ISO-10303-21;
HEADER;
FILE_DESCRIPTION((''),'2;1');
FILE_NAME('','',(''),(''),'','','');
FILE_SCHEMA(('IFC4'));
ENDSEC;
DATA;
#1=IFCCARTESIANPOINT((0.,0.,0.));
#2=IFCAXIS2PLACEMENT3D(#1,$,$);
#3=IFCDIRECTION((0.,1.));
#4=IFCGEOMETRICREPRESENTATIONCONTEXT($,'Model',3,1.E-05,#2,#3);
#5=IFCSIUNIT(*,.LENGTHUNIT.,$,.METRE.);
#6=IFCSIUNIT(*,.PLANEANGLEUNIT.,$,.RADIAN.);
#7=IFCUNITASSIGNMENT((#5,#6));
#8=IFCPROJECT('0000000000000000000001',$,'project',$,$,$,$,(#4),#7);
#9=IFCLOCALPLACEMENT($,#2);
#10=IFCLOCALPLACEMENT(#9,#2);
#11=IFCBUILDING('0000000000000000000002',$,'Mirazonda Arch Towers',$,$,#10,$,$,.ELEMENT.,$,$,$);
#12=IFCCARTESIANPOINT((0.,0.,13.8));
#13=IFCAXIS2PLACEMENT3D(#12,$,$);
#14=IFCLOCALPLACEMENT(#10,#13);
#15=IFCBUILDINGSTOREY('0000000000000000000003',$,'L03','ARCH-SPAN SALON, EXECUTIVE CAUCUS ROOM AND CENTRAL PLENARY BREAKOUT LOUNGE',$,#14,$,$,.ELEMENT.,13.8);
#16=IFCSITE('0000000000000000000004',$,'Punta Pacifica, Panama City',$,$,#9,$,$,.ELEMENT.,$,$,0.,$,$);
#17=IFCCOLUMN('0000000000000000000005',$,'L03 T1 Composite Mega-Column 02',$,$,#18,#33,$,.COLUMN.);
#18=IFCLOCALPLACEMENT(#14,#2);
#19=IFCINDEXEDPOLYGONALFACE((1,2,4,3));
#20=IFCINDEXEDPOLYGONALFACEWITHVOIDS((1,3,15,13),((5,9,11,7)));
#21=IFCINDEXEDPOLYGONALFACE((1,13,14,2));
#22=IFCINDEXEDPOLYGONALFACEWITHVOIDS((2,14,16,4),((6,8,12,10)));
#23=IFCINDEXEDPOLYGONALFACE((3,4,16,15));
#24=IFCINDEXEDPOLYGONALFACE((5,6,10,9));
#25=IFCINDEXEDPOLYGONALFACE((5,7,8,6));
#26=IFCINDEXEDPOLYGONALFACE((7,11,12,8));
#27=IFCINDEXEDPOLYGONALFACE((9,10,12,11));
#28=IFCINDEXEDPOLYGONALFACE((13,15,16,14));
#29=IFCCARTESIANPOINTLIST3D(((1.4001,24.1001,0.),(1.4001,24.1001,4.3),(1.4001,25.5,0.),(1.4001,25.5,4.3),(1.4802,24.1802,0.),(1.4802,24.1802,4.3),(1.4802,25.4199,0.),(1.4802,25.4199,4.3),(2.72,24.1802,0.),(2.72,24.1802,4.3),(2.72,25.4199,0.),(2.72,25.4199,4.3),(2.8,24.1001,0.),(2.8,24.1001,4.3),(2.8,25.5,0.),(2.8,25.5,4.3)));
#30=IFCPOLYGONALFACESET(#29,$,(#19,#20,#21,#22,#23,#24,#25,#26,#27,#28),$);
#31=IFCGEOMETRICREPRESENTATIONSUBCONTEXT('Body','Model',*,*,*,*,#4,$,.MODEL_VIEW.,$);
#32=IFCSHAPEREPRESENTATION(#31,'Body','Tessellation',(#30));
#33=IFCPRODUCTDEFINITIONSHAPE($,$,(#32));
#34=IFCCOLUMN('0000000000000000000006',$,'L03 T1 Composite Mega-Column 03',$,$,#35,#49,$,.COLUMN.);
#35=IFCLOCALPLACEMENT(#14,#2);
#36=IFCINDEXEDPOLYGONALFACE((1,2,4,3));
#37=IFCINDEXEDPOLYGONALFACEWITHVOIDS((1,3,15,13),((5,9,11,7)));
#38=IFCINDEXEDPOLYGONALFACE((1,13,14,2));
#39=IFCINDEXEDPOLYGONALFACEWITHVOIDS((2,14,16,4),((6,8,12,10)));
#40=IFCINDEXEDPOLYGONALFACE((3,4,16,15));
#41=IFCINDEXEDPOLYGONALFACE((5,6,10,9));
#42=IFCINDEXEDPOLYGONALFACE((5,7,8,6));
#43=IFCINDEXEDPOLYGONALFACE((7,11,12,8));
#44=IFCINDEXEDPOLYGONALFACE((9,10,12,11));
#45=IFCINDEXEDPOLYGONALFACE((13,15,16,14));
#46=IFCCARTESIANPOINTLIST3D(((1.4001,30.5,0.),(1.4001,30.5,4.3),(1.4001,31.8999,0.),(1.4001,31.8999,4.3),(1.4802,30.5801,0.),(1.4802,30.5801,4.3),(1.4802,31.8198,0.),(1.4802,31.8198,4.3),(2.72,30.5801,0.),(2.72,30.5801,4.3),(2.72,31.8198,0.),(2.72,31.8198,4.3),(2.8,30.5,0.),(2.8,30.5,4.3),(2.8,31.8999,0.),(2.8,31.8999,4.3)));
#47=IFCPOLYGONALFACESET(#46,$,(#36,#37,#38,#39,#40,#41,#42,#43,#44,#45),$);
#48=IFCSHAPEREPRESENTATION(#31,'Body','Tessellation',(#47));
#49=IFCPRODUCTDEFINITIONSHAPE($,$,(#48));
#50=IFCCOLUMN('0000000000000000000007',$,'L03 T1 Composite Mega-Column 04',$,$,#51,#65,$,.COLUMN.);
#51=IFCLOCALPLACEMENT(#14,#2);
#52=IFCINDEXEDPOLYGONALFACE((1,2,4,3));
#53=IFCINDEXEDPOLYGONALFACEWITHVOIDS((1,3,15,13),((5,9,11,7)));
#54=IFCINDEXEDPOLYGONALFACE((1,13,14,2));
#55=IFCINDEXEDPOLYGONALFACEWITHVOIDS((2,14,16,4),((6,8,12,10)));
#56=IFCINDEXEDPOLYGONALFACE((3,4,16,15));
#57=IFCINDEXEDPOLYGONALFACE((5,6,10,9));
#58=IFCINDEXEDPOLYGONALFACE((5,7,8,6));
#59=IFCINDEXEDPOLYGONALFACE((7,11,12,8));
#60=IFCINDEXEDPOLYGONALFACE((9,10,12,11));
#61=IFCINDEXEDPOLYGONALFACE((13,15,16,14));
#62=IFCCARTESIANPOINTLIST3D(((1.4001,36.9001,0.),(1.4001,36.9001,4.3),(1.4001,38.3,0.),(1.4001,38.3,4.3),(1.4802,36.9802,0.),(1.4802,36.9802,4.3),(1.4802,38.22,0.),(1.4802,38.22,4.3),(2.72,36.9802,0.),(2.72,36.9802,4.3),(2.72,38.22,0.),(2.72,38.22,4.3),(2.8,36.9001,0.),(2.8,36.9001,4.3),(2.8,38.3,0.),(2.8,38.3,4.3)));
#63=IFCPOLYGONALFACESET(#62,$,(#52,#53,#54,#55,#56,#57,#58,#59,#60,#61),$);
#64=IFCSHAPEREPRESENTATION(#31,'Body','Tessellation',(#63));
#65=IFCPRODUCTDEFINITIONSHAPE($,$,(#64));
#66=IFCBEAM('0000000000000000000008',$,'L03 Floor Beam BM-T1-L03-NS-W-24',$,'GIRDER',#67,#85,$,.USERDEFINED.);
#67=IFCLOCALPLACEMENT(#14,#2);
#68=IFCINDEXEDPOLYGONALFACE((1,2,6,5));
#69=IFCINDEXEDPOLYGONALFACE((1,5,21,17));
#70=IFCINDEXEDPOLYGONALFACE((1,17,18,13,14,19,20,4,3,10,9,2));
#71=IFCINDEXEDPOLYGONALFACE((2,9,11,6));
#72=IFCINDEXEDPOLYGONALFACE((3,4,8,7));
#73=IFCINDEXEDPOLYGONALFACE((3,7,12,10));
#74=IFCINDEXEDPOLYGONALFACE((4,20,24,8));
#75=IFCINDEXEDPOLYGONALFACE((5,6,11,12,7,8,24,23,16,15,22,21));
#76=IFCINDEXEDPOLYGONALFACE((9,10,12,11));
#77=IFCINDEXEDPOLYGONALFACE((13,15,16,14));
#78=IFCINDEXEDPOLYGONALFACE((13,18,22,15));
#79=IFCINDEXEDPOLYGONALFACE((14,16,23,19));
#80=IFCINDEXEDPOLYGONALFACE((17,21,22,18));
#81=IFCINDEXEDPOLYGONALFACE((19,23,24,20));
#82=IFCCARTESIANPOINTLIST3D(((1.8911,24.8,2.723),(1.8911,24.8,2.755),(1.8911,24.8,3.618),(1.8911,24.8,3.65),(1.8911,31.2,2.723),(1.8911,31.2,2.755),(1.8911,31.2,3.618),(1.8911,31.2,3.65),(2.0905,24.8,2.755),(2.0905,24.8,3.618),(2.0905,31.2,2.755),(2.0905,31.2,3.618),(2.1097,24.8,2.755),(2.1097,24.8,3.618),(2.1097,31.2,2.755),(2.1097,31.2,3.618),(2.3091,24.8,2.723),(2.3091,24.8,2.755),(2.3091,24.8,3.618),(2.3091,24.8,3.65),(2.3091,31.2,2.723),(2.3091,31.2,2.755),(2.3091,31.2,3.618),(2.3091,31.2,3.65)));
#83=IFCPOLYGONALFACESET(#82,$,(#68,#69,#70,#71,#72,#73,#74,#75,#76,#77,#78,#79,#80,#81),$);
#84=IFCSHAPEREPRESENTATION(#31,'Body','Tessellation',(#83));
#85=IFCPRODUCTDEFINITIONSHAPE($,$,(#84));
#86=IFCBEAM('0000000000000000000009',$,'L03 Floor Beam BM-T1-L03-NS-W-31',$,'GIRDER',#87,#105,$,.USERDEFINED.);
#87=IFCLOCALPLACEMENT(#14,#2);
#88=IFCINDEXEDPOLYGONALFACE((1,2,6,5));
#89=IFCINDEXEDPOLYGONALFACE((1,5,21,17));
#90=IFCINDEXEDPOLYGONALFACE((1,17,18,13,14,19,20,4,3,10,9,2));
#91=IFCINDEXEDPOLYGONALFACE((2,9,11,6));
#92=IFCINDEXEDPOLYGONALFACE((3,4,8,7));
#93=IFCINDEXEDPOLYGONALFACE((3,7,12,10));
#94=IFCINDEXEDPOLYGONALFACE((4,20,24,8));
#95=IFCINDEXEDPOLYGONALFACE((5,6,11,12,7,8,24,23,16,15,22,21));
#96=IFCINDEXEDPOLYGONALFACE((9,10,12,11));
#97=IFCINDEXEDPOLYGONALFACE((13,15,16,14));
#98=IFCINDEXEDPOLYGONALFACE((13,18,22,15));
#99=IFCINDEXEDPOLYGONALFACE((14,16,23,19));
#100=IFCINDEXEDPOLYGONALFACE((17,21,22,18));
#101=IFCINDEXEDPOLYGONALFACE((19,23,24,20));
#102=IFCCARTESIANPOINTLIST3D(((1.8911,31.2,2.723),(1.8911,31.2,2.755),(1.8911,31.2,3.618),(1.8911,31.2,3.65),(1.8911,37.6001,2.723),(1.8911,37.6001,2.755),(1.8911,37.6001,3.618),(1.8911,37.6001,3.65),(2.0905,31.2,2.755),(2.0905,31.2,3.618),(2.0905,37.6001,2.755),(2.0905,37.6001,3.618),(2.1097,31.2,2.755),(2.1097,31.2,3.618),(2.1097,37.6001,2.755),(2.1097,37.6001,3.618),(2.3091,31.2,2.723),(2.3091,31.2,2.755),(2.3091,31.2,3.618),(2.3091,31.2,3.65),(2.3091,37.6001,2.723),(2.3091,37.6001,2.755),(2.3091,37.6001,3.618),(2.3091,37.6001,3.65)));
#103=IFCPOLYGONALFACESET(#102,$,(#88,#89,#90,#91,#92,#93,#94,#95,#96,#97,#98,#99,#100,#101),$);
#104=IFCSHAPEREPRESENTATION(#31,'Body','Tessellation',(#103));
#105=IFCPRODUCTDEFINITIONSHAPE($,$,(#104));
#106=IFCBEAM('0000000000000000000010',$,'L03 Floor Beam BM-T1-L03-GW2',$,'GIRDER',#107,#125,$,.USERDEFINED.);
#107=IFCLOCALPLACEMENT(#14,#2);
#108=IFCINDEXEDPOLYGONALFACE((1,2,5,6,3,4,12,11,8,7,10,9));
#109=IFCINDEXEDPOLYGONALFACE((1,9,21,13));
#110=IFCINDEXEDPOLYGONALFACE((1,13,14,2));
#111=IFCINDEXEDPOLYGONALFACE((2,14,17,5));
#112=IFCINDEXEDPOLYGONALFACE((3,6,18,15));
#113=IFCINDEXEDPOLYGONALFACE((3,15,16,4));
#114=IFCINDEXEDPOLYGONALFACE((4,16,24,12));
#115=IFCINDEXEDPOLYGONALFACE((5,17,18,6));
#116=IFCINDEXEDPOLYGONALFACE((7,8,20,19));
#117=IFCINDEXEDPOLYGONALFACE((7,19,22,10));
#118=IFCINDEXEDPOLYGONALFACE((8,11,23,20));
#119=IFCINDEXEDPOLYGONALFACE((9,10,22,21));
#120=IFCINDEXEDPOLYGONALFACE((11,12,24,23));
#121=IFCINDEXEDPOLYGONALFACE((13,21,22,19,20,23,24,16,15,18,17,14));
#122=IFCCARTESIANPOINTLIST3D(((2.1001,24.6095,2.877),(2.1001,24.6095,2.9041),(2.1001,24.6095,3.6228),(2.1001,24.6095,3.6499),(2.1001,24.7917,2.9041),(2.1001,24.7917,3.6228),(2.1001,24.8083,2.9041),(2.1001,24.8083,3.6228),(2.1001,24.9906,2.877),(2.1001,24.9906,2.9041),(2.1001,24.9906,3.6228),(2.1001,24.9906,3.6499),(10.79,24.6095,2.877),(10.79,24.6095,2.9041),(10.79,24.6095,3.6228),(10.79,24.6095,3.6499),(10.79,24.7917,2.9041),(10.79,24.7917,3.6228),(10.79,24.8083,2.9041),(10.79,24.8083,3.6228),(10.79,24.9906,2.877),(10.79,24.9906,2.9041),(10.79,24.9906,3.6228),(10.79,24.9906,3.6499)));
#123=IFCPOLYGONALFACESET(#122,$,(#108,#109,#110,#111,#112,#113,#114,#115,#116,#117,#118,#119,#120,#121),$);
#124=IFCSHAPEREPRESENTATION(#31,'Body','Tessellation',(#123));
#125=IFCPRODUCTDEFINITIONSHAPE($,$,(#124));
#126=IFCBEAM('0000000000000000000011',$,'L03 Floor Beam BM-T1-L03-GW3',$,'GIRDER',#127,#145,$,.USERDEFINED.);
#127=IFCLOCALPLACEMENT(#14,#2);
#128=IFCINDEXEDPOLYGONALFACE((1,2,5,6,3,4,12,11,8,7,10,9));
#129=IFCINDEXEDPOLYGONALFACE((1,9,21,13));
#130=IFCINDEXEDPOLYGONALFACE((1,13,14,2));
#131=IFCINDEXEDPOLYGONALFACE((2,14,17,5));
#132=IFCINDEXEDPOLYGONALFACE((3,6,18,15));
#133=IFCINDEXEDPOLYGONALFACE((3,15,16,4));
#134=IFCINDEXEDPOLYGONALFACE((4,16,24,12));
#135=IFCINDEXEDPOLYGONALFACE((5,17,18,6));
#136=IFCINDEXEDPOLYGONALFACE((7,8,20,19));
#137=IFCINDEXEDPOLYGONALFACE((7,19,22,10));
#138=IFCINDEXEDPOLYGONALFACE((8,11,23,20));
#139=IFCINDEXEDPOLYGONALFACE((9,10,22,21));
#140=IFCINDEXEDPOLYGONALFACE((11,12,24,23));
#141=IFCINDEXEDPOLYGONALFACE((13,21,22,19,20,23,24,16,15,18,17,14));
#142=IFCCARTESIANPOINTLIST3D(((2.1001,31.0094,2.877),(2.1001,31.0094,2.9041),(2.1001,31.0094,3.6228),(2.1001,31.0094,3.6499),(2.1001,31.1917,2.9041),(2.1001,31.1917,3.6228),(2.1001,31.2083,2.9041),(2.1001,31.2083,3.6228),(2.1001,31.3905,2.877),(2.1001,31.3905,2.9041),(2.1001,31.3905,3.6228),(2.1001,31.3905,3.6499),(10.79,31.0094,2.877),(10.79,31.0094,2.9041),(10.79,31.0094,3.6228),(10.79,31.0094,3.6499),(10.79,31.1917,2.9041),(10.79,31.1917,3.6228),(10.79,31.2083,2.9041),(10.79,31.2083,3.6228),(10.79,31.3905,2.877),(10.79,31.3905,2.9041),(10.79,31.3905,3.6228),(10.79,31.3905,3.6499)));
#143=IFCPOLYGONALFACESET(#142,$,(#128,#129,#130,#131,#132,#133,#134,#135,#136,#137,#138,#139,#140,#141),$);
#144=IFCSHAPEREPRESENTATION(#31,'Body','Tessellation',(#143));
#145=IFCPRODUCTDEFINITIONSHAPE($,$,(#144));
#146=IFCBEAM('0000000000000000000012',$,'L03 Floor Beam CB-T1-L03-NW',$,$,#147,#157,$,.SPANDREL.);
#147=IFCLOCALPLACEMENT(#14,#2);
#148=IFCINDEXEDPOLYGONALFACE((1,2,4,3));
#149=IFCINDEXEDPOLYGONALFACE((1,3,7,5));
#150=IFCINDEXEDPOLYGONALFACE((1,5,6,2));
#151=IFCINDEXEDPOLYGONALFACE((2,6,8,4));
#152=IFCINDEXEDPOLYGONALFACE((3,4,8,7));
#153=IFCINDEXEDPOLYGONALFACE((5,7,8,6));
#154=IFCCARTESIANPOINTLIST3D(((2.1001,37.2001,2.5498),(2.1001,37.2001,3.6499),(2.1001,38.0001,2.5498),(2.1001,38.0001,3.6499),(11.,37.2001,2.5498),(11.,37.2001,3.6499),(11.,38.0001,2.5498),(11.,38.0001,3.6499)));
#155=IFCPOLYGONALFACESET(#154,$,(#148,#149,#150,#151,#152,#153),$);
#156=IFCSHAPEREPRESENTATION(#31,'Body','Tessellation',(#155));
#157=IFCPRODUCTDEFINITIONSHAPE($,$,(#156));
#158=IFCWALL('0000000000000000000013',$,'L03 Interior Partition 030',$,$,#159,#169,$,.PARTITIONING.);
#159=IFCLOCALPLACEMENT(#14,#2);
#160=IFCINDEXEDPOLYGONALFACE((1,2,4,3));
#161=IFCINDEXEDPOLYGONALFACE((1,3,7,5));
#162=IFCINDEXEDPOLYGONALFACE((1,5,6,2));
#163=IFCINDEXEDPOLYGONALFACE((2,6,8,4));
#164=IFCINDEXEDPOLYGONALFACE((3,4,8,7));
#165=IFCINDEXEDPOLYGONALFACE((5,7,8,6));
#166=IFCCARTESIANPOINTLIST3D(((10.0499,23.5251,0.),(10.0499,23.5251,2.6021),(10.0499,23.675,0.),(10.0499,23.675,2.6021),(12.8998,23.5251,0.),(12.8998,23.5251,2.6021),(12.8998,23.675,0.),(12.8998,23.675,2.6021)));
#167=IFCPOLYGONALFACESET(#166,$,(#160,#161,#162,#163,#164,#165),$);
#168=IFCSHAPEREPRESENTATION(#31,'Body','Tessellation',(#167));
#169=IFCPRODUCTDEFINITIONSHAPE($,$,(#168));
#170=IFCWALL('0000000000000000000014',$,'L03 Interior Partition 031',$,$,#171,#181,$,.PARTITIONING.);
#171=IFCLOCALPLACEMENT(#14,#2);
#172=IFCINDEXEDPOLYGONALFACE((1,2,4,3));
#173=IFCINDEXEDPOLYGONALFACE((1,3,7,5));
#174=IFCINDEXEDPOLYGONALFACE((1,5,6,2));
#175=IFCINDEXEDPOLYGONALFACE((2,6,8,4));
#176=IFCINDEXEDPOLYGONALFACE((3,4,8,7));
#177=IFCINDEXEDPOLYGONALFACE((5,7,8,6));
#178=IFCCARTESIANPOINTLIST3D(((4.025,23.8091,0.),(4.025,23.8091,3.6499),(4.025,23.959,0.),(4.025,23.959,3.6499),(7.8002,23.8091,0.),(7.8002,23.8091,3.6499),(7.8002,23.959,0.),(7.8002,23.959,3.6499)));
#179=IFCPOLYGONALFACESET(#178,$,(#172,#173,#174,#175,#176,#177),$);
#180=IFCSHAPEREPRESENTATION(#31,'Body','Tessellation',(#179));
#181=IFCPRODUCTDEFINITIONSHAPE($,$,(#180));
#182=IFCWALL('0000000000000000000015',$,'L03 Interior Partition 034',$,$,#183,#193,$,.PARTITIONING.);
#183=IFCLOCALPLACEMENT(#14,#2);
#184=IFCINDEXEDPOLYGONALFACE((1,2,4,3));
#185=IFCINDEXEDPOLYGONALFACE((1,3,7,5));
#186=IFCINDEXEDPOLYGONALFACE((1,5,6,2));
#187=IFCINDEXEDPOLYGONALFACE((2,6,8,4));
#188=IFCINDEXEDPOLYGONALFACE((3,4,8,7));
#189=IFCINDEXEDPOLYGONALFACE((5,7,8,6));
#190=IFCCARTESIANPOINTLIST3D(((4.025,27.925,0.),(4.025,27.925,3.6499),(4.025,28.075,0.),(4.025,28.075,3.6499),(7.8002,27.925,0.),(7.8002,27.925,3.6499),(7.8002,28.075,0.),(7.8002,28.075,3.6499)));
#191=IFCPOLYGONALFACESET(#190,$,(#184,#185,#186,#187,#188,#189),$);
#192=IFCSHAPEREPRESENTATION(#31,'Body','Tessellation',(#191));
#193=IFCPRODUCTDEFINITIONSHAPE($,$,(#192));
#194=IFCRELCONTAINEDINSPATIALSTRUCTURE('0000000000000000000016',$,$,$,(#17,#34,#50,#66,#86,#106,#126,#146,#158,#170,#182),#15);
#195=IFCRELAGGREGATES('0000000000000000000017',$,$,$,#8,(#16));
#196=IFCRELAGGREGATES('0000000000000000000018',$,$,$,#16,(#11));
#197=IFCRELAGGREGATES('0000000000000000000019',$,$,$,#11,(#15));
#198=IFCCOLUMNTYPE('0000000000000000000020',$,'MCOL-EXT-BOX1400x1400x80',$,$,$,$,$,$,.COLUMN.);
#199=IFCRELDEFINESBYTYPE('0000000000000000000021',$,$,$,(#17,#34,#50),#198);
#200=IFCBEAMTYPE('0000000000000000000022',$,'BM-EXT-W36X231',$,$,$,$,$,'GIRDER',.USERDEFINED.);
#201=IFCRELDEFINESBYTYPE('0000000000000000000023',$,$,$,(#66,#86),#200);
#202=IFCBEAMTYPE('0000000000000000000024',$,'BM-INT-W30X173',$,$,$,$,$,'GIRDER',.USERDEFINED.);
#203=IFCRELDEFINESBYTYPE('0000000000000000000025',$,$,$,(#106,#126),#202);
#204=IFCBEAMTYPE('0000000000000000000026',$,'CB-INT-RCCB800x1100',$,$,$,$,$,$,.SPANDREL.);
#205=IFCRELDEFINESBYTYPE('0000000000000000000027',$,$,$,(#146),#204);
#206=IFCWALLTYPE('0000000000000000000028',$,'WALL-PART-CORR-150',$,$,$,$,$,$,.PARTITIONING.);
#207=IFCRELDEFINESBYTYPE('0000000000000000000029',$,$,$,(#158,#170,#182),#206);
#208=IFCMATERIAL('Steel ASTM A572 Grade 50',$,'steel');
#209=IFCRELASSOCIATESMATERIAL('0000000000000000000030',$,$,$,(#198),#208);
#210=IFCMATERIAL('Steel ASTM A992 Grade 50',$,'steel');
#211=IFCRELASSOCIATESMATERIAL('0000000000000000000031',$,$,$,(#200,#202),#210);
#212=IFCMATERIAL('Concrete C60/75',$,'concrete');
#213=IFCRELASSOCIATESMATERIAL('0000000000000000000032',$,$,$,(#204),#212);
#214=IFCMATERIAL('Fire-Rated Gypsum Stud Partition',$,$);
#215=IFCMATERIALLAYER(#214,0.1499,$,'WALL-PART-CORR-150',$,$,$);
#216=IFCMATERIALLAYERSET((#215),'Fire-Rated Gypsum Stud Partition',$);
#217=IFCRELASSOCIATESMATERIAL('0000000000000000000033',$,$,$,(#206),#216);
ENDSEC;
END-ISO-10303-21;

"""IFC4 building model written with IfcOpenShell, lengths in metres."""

from ifc_helpers import new_model, si_unit, direction, frame, frame_2d, origin, origin_2d, place, context, subcontext, project, spatial, rectangle, hollow_rectangle, i_section, extrude, material, layer, layer_set, material_profile, profile_set, type_object, element, save


model = new_model("IFC4")

# Units and contexts
model_context = context("Model", 3, precision=1e-05, world=origin(), true_north=direction((0.0, 1.0)))
body_context = subcontext(model_context, "Body", "Model", "MODEL_VIEW")
ifc_project = project(units=[si_unit("LENGTHUNIT", "METRE"), si_unit("PLANEANGLEUNIT", "RADIAN")], contexts=[model_context])

# Site, building, storey
site_placement = place(None, origin())
site = spatial("IfcSite", under=ifc_project, at=site_placement, Name="Punta Pacifica, Panama City", CompositionType="ELEMENT", RefElevation=0.0)
building_placement = place(site_placement, origin())
building = spatial("IfcBuilding", under=site, at=building_placement, Name="Mirazonda Arch Towers", CompositionType="ELEMENT")
storey_placement = place(building_placement, frame((0.0, 0.0, 13.8)))
storey = spatial("IfcBuildingStorey", under=building, at=storey_placement, Name="L03", Description="ARCH-SPAN SALON, EXECUTIVE CAUCUS ROOM AND CENTRAL PLENARY BREAKOUT LOUNGE", CompositionType="ELEMENT", Elevation=13.8)

# Columns
ifc_material_1 = material(Name="Steel ASTM A572 Grade 50", Category="steel")
ifc_material_profile_1 = material_profile(ifc_material_1, hollow_rectangle(XDim=1.3999, YDim=1.3999, WallThickness=0.0801, at=origin_2d()), Name="BOX1400x1400x80")
ifc_profile_set_1 = profile_set([ifc_material_profile_1], Name="Steel ASTM A572 Grade 50")
column_type = type_object("IfcColumnType", Name="MCOL-EXT-BOX1400x1400x80", PredefinedType="COLUMN", material=ifc_profile_set_1)
for number, where, z_axis, x_axis, name in (
    (1, (2.1001, 24.8, 0.0), (0.0, 0.0, 1.0), (1.0, 0.0, 0.0), "L03 T1 Composite Mega-Column 02"),
    (2, (2.1001, 31.2, 0.0), (0.0, 0.0, 1.0), (1.0, 0.0, 0.0), "L03 T1 Composite Mega-Column 03"),
    (3, (2.1001, 37.6001, 0.0), (0.0, 0.0, 1.0), (1.0, 0.0, 0.0), "L03 T1 Composite Mega-Column 04"),
):
    element("IfcColumn", number, at=place(storey_placement, frame(where, z_axis=z_axis, x_axis=x_axis)), inside=storey, type_object=column_type, Name=name, PredefinedType="COLUMN", context=body_context, shape_type="SweptSolid", body=[
        extrude(hollow_rectangle(XDim=1.3999, YDim=1.3999, WallThickness=0.0801, at=origin_2d()), origin(), (0.0, 0.0, 1.0), 4.3),
    ])

# Beams
ifc_material_2 = material(Name="Steel ASTM A992 Grade 50", Category="steel")
ifc_material_profile_2 = material_profile(ifc_material_2, i_section(OverallWidth=0.418, OverallDepth=0.927, WebThickness=0.0193, FlangeThickness=0.032, at=origin_2d()), Name="W36X231")
ifc_profile_set_2 = profile_set([ifc_material_profile_2], Name="Steel ASTM A992 Grade 50")
beam_type_1 = type_object("IfcBeamType", Name="BM-EXT-W36X231", ElementType="GIRDER", PredefinedType="USERDEFINED", material=ifc_profile_set_2)
beam_1_placement = place(storey_placement, frame((2.1001, 24.8, 3.1865), z_axis=(0.0, 1.0, 0.0), x_axis=(-1.0, 0.0, 0.0)))
element("IfcBeam", 4, at=beam_1_placement, inside=storey, type_object=beam_type_1, Name="L03 Floor Beam BM-T1-L03-NS-W-24", ObjectType="GIRDER", PredefinedType="USERDEFINED", context=body_context, shape_type="SweptSolid", body=[
    extrude(i_section(OverallWidth=0.418, OverallDepth=0.927, WebThickness=0.0193, FlangeThickness=0.032, at=origin_2d()), origin(), (0.0, 0.0, 1.0), 6.3999),
])
beam_2_placement = place(storey_placement, frame((2.1001, 31.2, 3.1865), z_axis=(0.0, 1.0, 0.0), x_axis=(-1.0, 0.0, 0.0)))
element("IfcBeam", 5, at=beam_2_placement, inside=storey, type_object=beam_type_1, Name="L03 Floor Beam BM-T1-L03-NS-W-31", ObjectType="GIRDER", PredefinedType="USERDEFINED", context=body_context, shape_type="SweptSolid", body=[
    extrude(i_section(OverallWidth=0.418, OverallDepth=0.927, WebThickness=0.0193, FlangeThickness=0.032, at=origin_2d()), origin(), (0.0, 0.0, 1.0), 6.4001),
])
ifc_material_profile_3 = material_profile(ifc_material_2, i_section(OverallWidth=0.3811, OverallDepth=0.7729, WebThickness=0.0166, FlangeThickness=0.0271, at=origin_2d()), Name="W30X173")
ifc_profile_set_3 = profile_set([ifc_material_profile_3], Name="Steel ASTM A992 Grade 50")
beam_type_2 = type_object("IfcBeamType", Name="BM-INT-W30X173", ElementType="GIRDER", PredefinedType="USERDEFINED", material=ifc_profile_set_3)
for number, where, z_axis, x_axis, name in (
    (6, (2.1001, 24.8, 3.2634), (1.0, 0.0, 0.0), (0.0, 1.0, 0.0), "L03 Floor Beam BM-T1-L03-GW2"),
    (7, (2.1001, 31.2, 3.2634), (1.0, 0.0, 0.0), (0.0, 1.0, 0.0), "L03 Floor Beam BM-T1-L03-GW3"),
):
    element("IfcBeam", number, at=place(storey_placement, frame(where, z_axis=z_axis, x_axis=x_axis)), inside=storey, type_object=beam_type_2, Name=name, ObjectType="GIRDER", PredefinedType="USERDEFINED", context=body_context, shape_type="SweptSolid", body=[
        extrude(i_section(OverallWidth=0.3811, OverallDepth=0.7729, WebThickness=0.0166, FlangeThickness=0.0271, at=origin_2d()), origin(), (0.0, 0.0, 1.0), 8.6899),
    ])
ifc_material_3 = material(Name="Concrete C60/75", Category="concrete")
ifc_material_profile_4 = material_profile(ifc_material_3, rectangle(XDim=0.8, YDim=1.1001, at=origin_2d()), Name="RCCB800x1100")
ifc_profile_set_4 = profile_set([ifc_material_profile_4], Name="Concrete C60/75")
beam_type_3 = type_object("IfcBeamType", Name="CB-INT-RCCB800x1100", PredefinedType="SPANDREL", material=ifc_profile_set_4)
beam_3_placement = place(storey_placement, frame((2.1001, 37.6001, 3.0999), z_axis=(1.0, 0.0, 0.0), x_axis=(0.0, 1.0, 0.0)))
element("IfcBeam", 8, at=beam_3_placement, inside=storey, type_object=beam_type_3, Name="L03 Floor Beam CB-T1-L03-NW", PredefinedType="SPANDREL", context=body_context, shape_type="SweptSolid", body=[
    extrude(rectangle(XDim=0.8, YDim=1.1001, at=origin_2d()), origin(), (0.0, 0.0, 1.0), 8.8999),
])

# Walls
ifc_material_4 = material(Name="Fire-Rated Gypsum Stud Partition")
ifc_layer_1 = layer(ifc_material_4, 0.1499, Name="WALL-PART-CORR-150")
ifc_layer_set_1 = layer_set([ifc_layer_1], Name="Fire-Rated Gypsum Stud Partition")
wall_type_1 = type_object("IfcWallType", Name="WALL-PART-CORR-150", PredefinedType="PARTITIONING", material=ifc_layer_set_1)
wall_1_placement = place(storey_placement, frame((10.05, 23.6001, 0.0), z_axis=(0.0, 0.0, 1.0), x_axis=(1.0, 0.0, 0.0)))
element("IfcWall", 9, at=wall_1_placement, inside=storey, type_object=wall_type_1, Name="L03 Interior Partition 030", PredefinedType="PARTITIONING", context=body_context, shape_type="SweptSolid", body=[
    extrude(rectangle(XDim=2.8499, YDim=0.1499, at=frame_2d((1.4248, 0.0))), origin(), (0.0, 0.0, 1.0), 2.6021),
])
for number, where, z_axis, x_axis, name in (
    (10, (4.0249, 23.884, 0.0), (0.0, 0.0, 1.0), (1.0, 0.0, 0.0), "L03 Interior Partition 031"),
    (11, (4.0249, 28.0, 0.0), (0.0, 0.0, 1.0), (1.0, 0.0, 0.0), "L03 Interior Partition 034"),
):
    element("IfcWall", number, at=place(storey_placement, frame(where, z_axis=z_axis, x_axis=x_axis)), inside=storey, type_object=wall_type_1, Name=name, PredefinedType="PARTITIONING", context=body_context, shape_type="SweptSolid", body=[
        extrude(rectangle(XDim=3.7751, YDim=0.1499, at=frame_2d((1.8877, 0.0))), origin(), (0.0, 0.0, 1.0), 3.6499),
    ])

save(model, "model.ifc")
